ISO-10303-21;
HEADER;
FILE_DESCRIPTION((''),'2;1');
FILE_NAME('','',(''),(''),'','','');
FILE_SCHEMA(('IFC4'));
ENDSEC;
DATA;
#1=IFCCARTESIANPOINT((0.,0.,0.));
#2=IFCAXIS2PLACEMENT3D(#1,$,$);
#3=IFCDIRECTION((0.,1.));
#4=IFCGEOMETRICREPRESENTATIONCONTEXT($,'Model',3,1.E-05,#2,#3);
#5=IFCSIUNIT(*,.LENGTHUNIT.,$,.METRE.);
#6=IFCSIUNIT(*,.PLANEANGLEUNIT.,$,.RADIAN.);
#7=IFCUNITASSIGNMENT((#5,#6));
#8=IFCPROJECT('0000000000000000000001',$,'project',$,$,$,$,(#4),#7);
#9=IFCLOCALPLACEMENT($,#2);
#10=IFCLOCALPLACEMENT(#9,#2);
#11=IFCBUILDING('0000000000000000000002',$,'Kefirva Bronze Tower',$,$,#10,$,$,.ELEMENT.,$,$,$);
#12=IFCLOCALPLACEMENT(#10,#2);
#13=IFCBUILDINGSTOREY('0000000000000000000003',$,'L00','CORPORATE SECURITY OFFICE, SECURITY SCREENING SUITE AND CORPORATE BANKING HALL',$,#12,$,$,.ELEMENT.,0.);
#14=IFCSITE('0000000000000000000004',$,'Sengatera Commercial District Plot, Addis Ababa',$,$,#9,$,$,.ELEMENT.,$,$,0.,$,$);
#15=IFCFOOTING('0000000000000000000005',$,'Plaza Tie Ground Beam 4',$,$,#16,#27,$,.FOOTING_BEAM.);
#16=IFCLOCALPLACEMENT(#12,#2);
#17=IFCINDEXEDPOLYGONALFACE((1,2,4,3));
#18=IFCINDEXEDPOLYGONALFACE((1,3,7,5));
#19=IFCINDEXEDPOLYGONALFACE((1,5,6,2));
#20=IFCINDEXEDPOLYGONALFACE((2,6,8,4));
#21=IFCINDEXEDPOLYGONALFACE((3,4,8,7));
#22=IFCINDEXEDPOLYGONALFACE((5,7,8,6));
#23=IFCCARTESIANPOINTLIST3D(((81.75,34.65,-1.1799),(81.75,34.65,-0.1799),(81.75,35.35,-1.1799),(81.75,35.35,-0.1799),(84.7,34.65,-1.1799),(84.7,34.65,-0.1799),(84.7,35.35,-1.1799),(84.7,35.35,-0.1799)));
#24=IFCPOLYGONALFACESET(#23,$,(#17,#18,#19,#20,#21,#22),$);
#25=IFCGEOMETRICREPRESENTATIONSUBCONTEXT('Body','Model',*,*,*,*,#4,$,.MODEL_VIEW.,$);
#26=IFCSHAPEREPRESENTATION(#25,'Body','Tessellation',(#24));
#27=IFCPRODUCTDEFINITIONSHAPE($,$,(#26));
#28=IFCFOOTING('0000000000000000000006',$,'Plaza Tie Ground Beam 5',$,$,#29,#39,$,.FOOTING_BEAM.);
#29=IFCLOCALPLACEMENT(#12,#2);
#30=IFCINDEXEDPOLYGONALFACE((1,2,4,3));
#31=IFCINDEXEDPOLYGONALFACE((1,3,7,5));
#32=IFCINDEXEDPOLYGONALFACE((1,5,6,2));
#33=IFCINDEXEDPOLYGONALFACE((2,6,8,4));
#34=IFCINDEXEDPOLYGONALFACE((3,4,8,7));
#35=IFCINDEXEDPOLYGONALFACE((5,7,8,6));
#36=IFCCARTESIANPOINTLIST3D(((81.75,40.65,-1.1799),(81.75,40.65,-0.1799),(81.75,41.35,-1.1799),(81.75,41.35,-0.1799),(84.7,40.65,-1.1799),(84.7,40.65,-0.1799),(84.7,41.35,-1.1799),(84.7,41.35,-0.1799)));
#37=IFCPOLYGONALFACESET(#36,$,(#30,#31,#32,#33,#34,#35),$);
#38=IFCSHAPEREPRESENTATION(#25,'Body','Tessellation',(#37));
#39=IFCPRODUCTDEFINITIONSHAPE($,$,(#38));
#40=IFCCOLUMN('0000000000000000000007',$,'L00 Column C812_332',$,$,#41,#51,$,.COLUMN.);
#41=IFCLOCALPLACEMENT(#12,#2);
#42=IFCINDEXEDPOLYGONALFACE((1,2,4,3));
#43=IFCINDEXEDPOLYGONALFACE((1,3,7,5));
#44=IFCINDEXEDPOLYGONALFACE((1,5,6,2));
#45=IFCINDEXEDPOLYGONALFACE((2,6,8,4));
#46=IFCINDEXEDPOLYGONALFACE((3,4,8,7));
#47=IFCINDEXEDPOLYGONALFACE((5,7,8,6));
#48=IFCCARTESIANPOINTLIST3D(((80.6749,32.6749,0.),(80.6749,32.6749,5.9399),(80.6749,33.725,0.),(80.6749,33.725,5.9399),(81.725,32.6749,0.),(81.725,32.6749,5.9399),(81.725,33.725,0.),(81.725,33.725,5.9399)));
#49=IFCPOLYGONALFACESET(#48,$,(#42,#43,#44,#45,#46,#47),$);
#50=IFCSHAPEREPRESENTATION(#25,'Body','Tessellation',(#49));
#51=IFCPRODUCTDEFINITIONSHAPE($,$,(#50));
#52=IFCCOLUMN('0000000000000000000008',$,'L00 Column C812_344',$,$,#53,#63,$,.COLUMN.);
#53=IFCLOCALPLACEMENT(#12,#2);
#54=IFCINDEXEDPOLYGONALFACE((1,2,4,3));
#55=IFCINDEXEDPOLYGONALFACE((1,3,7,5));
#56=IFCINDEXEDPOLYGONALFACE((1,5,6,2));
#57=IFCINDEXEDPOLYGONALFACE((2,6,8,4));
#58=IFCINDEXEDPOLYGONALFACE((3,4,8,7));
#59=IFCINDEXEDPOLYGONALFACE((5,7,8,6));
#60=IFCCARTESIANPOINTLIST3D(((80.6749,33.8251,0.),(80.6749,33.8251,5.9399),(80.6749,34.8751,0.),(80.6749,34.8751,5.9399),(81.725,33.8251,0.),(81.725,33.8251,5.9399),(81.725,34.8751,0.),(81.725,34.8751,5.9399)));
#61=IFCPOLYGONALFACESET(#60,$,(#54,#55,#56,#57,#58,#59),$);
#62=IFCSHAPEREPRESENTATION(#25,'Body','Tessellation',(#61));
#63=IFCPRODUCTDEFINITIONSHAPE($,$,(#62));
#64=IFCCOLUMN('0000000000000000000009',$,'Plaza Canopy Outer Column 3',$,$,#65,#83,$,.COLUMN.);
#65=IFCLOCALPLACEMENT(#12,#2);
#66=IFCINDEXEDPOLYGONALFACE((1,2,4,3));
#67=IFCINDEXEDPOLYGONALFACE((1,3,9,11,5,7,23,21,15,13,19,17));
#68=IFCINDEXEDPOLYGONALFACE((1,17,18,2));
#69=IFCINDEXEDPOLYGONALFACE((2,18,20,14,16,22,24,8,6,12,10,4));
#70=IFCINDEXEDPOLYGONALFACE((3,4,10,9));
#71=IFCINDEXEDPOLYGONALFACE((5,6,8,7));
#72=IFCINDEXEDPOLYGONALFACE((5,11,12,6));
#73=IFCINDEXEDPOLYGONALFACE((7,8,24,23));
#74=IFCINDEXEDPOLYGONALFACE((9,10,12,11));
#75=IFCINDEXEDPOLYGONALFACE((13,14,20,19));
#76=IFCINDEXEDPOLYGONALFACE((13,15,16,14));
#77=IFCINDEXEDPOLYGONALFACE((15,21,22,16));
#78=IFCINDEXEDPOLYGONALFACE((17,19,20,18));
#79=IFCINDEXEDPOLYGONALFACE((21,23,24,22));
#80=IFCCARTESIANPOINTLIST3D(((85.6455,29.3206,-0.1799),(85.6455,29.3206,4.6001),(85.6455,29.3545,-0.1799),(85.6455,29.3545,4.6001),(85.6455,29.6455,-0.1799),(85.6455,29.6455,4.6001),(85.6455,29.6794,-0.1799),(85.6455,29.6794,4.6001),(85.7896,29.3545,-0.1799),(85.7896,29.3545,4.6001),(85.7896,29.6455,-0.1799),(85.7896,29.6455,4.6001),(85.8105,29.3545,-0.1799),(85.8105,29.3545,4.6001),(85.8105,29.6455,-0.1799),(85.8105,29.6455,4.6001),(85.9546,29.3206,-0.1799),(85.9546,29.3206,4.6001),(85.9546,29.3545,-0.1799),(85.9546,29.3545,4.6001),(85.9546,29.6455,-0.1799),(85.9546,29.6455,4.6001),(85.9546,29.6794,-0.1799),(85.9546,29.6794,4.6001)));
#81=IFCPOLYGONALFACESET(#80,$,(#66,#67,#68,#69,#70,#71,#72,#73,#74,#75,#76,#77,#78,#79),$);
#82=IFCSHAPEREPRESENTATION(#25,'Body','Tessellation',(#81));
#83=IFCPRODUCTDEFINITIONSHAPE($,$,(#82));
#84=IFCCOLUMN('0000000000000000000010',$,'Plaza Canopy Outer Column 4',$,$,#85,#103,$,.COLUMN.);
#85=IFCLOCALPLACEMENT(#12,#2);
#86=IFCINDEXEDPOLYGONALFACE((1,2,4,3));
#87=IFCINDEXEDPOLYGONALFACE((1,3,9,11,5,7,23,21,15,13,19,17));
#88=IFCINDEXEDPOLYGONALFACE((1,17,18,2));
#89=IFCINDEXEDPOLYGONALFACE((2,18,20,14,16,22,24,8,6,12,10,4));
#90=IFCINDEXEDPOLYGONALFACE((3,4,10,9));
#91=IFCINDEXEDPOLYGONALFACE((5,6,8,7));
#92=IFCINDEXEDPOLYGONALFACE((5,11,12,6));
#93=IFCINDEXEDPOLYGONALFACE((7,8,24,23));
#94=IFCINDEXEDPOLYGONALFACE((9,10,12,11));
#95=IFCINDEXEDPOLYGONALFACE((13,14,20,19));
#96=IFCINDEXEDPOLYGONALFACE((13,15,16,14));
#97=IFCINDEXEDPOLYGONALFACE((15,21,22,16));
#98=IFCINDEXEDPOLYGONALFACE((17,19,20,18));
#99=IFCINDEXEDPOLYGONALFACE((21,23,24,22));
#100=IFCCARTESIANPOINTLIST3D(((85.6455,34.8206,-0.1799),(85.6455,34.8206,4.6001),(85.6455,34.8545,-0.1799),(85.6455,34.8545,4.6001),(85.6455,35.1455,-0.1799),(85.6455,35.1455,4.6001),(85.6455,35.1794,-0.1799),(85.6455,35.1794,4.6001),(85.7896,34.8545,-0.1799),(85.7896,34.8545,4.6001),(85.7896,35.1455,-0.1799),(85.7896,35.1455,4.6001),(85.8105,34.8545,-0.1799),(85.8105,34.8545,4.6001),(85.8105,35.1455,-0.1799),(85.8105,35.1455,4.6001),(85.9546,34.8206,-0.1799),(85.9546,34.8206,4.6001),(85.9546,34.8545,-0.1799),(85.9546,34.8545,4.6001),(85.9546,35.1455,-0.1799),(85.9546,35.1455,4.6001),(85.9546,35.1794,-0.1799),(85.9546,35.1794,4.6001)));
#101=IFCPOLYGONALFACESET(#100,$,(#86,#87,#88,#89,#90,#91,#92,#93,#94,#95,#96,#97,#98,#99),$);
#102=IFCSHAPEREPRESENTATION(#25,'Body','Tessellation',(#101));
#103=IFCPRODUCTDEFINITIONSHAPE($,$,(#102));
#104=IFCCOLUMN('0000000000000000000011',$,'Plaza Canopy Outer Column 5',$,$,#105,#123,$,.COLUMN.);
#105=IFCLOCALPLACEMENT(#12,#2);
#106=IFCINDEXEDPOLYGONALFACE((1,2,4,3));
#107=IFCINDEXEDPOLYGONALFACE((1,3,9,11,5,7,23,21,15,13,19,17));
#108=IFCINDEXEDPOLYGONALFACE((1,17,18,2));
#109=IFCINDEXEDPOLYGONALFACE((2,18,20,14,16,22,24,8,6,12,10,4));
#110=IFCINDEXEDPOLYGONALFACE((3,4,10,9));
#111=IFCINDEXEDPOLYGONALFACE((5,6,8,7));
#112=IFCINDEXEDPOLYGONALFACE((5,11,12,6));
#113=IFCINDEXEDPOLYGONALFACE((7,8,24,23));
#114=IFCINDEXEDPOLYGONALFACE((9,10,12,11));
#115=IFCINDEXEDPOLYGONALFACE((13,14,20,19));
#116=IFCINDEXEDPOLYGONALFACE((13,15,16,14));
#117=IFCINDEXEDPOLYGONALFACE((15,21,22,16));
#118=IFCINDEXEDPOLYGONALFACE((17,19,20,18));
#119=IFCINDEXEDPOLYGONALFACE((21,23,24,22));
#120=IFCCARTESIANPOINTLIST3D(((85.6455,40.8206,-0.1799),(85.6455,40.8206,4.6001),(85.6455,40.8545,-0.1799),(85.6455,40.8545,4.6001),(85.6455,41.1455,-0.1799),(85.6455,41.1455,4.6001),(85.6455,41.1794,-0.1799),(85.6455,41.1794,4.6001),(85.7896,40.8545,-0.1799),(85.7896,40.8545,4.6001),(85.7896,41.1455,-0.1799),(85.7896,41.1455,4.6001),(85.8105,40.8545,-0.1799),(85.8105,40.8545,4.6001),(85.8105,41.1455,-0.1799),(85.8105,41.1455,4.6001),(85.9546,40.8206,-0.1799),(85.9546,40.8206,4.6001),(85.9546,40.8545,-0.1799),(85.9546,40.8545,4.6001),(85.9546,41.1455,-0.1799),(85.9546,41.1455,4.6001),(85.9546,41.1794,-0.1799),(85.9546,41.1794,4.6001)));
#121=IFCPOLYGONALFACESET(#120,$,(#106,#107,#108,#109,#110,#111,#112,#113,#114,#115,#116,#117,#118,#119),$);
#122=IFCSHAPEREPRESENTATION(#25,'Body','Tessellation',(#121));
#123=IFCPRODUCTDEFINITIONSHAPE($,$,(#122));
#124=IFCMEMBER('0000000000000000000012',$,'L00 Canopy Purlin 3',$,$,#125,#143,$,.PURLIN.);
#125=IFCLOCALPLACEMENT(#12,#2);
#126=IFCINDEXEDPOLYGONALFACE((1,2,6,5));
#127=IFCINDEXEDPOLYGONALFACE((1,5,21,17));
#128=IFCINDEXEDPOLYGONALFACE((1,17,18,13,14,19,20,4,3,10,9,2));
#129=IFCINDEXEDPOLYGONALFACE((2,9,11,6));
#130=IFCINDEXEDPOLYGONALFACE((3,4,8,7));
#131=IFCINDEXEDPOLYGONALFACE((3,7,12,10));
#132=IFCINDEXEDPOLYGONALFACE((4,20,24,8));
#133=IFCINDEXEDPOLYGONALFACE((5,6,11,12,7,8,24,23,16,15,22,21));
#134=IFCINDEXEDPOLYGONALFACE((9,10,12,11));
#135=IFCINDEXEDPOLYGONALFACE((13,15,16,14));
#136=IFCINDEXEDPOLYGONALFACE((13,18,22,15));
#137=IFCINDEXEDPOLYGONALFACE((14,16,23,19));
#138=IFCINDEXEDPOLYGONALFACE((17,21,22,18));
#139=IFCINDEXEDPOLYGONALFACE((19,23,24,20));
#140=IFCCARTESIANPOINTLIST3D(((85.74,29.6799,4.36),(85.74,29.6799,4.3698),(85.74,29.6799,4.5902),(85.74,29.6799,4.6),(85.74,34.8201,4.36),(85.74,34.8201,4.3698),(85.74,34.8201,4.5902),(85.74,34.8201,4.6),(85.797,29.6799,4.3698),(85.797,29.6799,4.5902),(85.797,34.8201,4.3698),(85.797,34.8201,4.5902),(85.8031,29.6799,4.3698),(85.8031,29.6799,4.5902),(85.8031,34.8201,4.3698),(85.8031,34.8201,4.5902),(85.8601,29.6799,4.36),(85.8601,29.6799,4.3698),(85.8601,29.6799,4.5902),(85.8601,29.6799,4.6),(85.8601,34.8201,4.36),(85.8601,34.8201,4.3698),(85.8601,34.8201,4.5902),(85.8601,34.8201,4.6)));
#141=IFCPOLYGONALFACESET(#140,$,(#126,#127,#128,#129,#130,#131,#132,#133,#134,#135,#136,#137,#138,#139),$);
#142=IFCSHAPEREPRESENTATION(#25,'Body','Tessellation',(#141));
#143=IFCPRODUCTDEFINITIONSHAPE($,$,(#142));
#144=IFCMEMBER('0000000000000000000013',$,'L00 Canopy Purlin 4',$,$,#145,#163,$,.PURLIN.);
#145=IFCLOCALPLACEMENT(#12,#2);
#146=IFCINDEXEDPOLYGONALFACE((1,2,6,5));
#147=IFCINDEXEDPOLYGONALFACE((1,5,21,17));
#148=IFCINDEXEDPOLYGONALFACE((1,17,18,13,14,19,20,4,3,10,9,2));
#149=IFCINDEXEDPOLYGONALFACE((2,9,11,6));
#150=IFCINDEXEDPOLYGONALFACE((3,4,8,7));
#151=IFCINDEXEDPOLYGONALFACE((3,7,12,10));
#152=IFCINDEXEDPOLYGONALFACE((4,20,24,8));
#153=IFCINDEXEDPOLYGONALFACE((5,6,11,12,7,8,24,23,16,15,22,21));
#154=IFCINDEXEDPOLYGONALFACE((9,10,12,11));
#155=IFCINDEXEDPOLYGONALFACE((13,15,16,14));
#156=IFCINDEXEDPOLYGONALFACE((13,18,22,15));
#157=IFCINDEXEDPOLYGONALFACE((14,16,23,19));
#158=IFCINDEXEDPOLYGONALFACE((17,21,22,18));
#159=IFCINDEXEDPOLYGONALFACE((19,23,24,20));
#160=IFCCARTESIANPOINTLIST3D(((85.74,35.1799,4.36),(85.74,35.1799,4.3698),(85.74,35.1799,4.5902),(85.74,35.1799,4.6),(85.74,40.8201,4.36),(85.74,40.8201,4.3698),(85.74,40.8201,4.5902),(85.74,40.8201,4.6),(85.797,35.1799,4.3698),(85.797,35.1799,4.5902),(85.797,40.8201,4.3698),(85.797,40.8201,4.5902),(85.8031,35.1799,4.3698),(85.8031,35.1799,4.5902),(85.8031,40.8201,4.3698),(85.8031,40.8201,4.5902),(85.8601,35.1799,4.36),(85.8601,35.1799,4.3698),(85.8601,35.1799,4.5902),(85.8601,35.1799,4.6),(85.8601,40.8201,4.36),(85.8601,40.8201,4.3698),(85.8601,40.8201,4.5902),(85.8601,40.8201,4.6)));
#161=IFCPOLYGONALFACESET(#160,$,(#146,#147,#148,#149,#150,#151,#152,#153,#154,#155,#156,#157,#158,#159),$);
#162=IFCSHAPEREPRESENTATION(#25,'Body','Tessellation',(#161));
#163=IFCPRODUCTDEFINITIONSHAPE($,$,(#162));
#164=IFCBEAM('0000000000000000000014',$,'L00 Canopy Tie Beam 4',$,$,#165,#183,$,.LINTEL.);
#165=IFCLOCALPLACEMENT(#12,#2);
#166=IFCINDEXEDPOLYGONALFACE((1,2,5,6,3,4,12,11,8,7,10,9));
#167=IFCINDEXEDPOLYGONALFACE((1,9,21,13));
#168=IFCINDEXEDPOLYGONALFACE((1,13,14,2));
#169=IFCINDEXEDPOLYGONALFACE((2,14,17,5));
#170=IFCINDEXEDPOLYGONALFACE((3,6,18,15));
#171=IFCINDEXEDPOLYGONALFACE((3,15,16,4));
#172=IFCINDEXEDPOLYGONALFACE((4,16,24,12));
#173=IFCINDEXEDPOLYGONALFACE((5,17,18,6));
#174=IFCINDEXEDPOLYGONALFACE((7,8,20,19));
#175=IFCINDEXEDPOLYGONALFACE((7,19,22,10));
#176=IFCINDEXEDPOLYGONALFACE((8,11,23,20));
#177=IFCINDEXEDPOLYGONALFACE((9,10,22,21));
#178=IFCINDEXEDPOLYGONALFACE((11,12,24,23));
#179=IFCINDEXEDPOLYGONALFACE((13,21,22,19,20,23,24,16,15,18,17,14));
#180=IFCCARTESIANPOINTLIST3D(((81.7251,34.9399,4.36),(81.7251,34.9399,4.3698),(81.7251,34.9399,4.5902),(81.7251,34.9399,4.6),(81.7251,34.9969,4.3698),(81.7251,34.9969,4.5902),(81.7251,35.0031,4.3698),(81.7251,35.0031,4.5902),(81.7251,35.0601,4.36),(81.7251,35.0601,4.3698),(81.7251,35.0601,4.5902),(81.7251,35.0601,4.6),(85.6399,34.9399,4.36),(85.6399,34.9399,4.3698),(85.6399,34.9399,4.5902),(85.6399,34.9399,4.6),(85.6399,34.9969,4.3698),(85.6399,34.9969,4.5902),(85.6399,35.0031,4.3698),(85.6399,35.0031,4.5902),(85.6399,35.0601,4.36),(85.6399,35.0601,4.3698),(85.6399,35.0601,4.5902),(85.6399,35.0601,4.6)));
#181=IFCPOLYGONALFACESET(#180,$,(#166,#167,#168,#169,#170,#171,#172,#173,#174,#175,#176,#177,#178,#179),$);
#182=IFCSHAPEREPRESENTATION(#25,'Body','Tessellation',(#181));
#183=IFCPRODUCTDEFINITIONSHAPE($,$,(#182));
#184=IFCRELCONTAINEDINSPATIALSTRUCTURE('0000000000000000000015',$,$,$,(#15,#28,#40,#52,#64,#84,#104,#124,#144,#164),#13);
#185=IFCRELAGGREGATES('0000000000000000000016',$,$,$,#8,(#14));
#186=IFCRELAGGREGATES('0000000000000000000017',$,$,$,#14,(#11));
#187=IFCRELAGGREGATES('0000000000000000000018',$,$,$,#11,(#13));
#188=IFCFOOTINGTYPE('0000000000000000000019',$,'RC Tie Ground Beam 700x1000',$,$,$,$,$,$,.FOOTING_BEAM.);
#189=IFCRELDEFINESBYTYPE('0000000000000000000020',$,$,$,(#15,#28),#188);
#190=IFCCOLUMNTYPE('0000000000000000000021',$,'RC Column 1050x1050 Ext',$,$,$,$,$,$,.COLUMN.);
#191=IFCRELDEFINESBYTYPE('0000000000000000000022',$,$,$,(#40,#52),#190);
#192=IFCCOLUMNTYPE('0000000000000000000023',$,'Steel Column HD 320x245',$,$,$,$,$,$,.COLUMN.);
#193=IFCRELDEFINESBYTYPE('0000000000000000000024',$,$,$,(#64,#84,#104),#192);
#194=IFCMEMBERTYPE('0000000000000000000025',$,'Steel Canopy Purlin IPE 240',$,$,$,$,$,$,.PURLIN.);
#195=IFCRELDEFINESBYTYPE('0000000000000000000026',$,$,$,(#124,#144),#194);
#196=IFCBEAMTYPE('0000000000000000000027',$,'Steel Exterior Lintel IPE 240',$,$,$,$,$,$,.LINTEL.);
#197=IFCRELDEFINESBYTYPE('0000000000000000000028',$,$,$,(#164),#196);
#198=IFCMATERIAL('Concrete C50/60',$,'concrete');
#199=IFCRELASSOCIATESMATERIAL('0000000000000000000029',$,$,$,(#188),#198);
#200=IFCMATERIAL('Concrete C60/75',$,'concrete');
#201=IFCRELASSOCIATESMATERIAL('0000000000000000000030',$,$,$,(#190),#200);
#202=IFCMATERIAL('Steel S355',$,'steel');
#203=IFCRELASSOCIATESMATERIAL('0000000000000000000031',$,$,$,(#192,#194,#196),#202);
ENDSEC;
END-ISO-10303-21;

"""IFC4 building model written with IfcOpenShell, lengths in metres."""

from ifc_helpers import new_model, si_unit, direction, frame, origin, origin_2d, place, context, subcontext, project, spatial, rectangle, i_section, extrude, material, material_profile, profile_set, type_object, element, save


model = new_model("IFC4")

# Units and contexts
model_context = context("Model", 3, precision=1e-05, world=origin(), true_north=direction((0.0, 1.0)))
body_context = subcontext(model_context, "Body", "Model", "MODEL_VIEW")
ifc_project = project(units=[si_unit("LENGTHUNIT", "METRE"), si_unit("PLANEANGLEUNIT", "RADIAN")], contexts=[model_context])

# Site, building, storey
site_placement = place(None, origin())
site = spatial("IfcSite", under=ifc_project, at=site_placement, Name="Sengatera Commercial District Plot, Addis Ababa", CompositionType="ELEMENT", RefElevation=0.0)
building_placement = place(site_placement, origin())
building = spatial("IfcBuilding", under=site, at=building_placement, Name="Kefirva Bronze Tower", CompositionType="ELEMENT")
storey_placement = place(building_placement, origin())
storey = spatial("IfcBuildingStorey", under=building, at=storey_placement, Name="L00", Description="CORPORATE SECURITY OFFICE, SECURITY SCREENING SUITE AND CORPORATE BANKING HALL", CompositionType="ELEMENT", Elevation=0.0)

# Footings
ifc_material_1 = material(Name="Concrete C50/60", Category="concrete")
ifc_material_profile_1 = material_profile(ifc_material_1, rectangle(XDim=0.7, YDim=1.0, at=origin_2d()), Name="RC 700x1000")
ifc_profile_set_1 = profile_set([ifc_material_profile_1], Name="Concrete C50/60")
footing_type_1 = type_object("IfcFootingType", Name="RC Tie Ground Beam 700x1000", PredefinedType="FOOTING_BEAM", material=ifc_profile_set_1)
for number, where, z_axis, x_axis, name in (
    (1, (81.75, 35.0, -0.6799), (1.0, 0.0, 0.0), (0.0, 1.0, 0.0), "Plaza Tie Ground Beam 4"),
    (2, (81.75, 41.0, -0.6799), (1.0, 0.0, 0.0), (0.0, 1.0, 0.0), "Plaza Tie Ground Beam 5"),
):
    element("IfcFooting", number, at=place(storey_placement, frame(where, z_axis=z_axis, x_axis=x_axis)), inside=storey, type_object=footing_type_1, Name=name, PredefinedType="FOOTING_BEAM", context=body_context, shape_type="SweptSolid", body=[
        extrude(rectangle(XDim=0.7, YDim=1.0, at=origin_2d()), origin(), (0.0, 0.0, 1.0), 2.95),
    ])

# Columns
ifc_material_2 = material(Name="Concrete C60/75", Category="concrete")
ifc_material_profile_2 = material_profile(ifc_material_2, rectangle(XDim=1.05, YDim=1.05, at=origin_2d()), Name="RC 1050x1050")
ifc_profile_set_2 = profile_set([ifc_material_profile_2], Name="Concrete C60/75")
column_type_1 = type_object("IfcColumnType", Name="RC Column 1050x1050 Ext", PredefinedType="COLUMN", material=ifc_profile_set_2)
for number, where, z_axis, x_axis, name in (
    (3, (81.2, 33.2, 0.0), (0.0, 0.0, 1.0), (1.0, 0.0, 0.0), "L00 Column C812_332"),
    (4, (81.2, 34.3501, 0.0), (0.0, 0.0, 1.0), (1.0, 0.0, 0.0), "L00 Column C812_344"),
):
    element("IfcColumn", number, at=place(storey_placement, frame(where, z_axis=z_axis, x_axis=x_axis)), inside=storey, type_object=column_type_1, Name=name, PredefinedType="COLUMN", context=body_context, shape_type="SweptSolid", body=[
        extrude(rectangle(XDim=1.05, YDim=1.05, at=origin_2d()), origin(), (0.0, 0.0, 1.0), 5.9399),
    ])
ifc_material_3 = material(Name="Steel S355", Category="steel")
ifc_material_profile_3 = material_profile(ifc_material_3, i_section(OverallWidth=0.3091, OverallDepth=0.3589, WebThickness=0.021, FlangeThickness=0.0339, at=origin_2d()), Name="HD 320x245")
ifc_profile_set_3 = profile_set([ifc_material_profile_3], Name="Steel S355")
column_type_2 = type_object("IfcColumnType", Name="Steel Column HD 320x245", PredefinedType="COLUMN", material=ifc_profile_set_3)
for number, where, z_axis, x_axis, name in (
    (5, (85.8, 29.5, -0.1799), (0.0, 0.0, 1.0), (1.0, 0.0, 0.0), "Plaza Canopy Outer Column 3"),
    (6, (85.8, 35.0, -0.1799), (0.0, 0.0, 1.0), (1.0, 0.0, 0.0), "Plaza Canopy Outer Column 4"),
    (7, (85.8, 41.0, -0.1799), (0.0, 0.0, 1.0), (1.0, 0.0, 0.0), "Plaza Canopy Outer Column 5"),
):
    element("IfcColumn", number, at=place(storey_placement, frame(where, z_axis=z_axis, x_axis=x_axis)), inside=storey, type_object=column_type_2, Name=name, PredefinedType="COLUMN", context=body_context, shape_type="SweptSolid", body=[
        extrude(i_section(OverallWidth=0.3091, OverallDepth=0.3589, WebThickness=0.021, FlangeThickness=0.0339, at=origin_2d()), origin(), (0.0, 0.0, 1.0), 4.78),
    ])

# Members
ifc_material_profile_4 = material_profile(ifc_material_3, i_section(OverallWidth=0.1201, OverallDepth=0.24, WebThickness=0.0061, FlangeThickness=0.0098, at=origin_2d()), Name="IPE 240")
ifc_profile_set_4 = profile_set([ifc_material_profile_4], Name="Steel S355")
member_type = type_object("IfcMemberType", Name="Steel Canopy Purlin IPE 240", PredefinedType="PURLIN", material=ifc_profile_set_4)
member_1_placement = place(storey_placement, frame((85.8, 29.6799, 4.48), z_axis=(0.0, 1.0, 0.0), x_axis=(-1.0, 0.0, 0.0)))
element("IfcMember", 8, at=member_1_placement, inside=storey, type_object=member_type, Name="L00 Canopy Purlin 3", PredefinedType="PURLIN", context=body_context, shape_type="SweptSolid", body=[
    extrude(i_section(OverallWidth=0.1201, OverallDepth=0.24, WebThickness=0.0061, FlangeThickness=0.0098, at=origin_2d()), origin(), (0.0, 0.0, 1.0), 5.1401),
])
member_2_placement = place(storey_placement, frame((85.8, 35.1799, 4.48), z_axis=(0.0, 1.0, 0.0), x_axis=(-1.0, 0.0, 0.0)))
element("IfcMember", 9, at=member_2_placement, inside=storey, type_object=member_type, Name="L00 Canopy Purlin 4", PredefinedType="PURLIN", context=body_context, shape_type="SweptSolid", body=[
    extrude(i_section(OverallWidth=0.1201, OverallDepth=0.24, WebThickness=0.0061, FlangeThickness=0.0098, at=origin_2d()), origin(), (0.0, 0.0, 1.0), 5.6401),
])

# Beam
ifc_material_profile_5 = material_profile(ifc_material_3, i_section(OverallWidth=0.1201, OverallDepth=0.24, WebThickness=0.0061, FlangeThickness=0.0098, at=origin_2d()), Name="IPE 240")
ifc_profile_set_5 = profile_set([ifc_material_profile_5], Name="Steel S355")
beam_type = type_object("IfcBeamType", Name="Steel Exterior Lintel IPE 240", PredefinedType="LINTEL", material=ifc_profile_set_5)
for number, where, z_axis, x_axis, name in (
    (10, (81.7251, 35.0, 4.48), (1.0, 0.0, 0.0), (0.0, 1.0, 0.0), "L00 Canopy Tie Beam 4"),
):
    element("IfcBeam", number, at=place(storey_placement, frame(where, z_axis=z_axis, x_axis=x_axis)), inside=storey, type_object=beam_type, Name=name, PredefinedType="LINTEL", context=body_context, shape_type="SweptSolid", body=[
        extrude(i_section(OverallWidth=0.1201, OverallDepth=0.24, WebThickness=0.0061, FlangeThickness=0.0098, at=origin_2d()), origin(), (0.0, 0.0, 1.0), 3.9148),
    ])

save(model, "model.ifc")
